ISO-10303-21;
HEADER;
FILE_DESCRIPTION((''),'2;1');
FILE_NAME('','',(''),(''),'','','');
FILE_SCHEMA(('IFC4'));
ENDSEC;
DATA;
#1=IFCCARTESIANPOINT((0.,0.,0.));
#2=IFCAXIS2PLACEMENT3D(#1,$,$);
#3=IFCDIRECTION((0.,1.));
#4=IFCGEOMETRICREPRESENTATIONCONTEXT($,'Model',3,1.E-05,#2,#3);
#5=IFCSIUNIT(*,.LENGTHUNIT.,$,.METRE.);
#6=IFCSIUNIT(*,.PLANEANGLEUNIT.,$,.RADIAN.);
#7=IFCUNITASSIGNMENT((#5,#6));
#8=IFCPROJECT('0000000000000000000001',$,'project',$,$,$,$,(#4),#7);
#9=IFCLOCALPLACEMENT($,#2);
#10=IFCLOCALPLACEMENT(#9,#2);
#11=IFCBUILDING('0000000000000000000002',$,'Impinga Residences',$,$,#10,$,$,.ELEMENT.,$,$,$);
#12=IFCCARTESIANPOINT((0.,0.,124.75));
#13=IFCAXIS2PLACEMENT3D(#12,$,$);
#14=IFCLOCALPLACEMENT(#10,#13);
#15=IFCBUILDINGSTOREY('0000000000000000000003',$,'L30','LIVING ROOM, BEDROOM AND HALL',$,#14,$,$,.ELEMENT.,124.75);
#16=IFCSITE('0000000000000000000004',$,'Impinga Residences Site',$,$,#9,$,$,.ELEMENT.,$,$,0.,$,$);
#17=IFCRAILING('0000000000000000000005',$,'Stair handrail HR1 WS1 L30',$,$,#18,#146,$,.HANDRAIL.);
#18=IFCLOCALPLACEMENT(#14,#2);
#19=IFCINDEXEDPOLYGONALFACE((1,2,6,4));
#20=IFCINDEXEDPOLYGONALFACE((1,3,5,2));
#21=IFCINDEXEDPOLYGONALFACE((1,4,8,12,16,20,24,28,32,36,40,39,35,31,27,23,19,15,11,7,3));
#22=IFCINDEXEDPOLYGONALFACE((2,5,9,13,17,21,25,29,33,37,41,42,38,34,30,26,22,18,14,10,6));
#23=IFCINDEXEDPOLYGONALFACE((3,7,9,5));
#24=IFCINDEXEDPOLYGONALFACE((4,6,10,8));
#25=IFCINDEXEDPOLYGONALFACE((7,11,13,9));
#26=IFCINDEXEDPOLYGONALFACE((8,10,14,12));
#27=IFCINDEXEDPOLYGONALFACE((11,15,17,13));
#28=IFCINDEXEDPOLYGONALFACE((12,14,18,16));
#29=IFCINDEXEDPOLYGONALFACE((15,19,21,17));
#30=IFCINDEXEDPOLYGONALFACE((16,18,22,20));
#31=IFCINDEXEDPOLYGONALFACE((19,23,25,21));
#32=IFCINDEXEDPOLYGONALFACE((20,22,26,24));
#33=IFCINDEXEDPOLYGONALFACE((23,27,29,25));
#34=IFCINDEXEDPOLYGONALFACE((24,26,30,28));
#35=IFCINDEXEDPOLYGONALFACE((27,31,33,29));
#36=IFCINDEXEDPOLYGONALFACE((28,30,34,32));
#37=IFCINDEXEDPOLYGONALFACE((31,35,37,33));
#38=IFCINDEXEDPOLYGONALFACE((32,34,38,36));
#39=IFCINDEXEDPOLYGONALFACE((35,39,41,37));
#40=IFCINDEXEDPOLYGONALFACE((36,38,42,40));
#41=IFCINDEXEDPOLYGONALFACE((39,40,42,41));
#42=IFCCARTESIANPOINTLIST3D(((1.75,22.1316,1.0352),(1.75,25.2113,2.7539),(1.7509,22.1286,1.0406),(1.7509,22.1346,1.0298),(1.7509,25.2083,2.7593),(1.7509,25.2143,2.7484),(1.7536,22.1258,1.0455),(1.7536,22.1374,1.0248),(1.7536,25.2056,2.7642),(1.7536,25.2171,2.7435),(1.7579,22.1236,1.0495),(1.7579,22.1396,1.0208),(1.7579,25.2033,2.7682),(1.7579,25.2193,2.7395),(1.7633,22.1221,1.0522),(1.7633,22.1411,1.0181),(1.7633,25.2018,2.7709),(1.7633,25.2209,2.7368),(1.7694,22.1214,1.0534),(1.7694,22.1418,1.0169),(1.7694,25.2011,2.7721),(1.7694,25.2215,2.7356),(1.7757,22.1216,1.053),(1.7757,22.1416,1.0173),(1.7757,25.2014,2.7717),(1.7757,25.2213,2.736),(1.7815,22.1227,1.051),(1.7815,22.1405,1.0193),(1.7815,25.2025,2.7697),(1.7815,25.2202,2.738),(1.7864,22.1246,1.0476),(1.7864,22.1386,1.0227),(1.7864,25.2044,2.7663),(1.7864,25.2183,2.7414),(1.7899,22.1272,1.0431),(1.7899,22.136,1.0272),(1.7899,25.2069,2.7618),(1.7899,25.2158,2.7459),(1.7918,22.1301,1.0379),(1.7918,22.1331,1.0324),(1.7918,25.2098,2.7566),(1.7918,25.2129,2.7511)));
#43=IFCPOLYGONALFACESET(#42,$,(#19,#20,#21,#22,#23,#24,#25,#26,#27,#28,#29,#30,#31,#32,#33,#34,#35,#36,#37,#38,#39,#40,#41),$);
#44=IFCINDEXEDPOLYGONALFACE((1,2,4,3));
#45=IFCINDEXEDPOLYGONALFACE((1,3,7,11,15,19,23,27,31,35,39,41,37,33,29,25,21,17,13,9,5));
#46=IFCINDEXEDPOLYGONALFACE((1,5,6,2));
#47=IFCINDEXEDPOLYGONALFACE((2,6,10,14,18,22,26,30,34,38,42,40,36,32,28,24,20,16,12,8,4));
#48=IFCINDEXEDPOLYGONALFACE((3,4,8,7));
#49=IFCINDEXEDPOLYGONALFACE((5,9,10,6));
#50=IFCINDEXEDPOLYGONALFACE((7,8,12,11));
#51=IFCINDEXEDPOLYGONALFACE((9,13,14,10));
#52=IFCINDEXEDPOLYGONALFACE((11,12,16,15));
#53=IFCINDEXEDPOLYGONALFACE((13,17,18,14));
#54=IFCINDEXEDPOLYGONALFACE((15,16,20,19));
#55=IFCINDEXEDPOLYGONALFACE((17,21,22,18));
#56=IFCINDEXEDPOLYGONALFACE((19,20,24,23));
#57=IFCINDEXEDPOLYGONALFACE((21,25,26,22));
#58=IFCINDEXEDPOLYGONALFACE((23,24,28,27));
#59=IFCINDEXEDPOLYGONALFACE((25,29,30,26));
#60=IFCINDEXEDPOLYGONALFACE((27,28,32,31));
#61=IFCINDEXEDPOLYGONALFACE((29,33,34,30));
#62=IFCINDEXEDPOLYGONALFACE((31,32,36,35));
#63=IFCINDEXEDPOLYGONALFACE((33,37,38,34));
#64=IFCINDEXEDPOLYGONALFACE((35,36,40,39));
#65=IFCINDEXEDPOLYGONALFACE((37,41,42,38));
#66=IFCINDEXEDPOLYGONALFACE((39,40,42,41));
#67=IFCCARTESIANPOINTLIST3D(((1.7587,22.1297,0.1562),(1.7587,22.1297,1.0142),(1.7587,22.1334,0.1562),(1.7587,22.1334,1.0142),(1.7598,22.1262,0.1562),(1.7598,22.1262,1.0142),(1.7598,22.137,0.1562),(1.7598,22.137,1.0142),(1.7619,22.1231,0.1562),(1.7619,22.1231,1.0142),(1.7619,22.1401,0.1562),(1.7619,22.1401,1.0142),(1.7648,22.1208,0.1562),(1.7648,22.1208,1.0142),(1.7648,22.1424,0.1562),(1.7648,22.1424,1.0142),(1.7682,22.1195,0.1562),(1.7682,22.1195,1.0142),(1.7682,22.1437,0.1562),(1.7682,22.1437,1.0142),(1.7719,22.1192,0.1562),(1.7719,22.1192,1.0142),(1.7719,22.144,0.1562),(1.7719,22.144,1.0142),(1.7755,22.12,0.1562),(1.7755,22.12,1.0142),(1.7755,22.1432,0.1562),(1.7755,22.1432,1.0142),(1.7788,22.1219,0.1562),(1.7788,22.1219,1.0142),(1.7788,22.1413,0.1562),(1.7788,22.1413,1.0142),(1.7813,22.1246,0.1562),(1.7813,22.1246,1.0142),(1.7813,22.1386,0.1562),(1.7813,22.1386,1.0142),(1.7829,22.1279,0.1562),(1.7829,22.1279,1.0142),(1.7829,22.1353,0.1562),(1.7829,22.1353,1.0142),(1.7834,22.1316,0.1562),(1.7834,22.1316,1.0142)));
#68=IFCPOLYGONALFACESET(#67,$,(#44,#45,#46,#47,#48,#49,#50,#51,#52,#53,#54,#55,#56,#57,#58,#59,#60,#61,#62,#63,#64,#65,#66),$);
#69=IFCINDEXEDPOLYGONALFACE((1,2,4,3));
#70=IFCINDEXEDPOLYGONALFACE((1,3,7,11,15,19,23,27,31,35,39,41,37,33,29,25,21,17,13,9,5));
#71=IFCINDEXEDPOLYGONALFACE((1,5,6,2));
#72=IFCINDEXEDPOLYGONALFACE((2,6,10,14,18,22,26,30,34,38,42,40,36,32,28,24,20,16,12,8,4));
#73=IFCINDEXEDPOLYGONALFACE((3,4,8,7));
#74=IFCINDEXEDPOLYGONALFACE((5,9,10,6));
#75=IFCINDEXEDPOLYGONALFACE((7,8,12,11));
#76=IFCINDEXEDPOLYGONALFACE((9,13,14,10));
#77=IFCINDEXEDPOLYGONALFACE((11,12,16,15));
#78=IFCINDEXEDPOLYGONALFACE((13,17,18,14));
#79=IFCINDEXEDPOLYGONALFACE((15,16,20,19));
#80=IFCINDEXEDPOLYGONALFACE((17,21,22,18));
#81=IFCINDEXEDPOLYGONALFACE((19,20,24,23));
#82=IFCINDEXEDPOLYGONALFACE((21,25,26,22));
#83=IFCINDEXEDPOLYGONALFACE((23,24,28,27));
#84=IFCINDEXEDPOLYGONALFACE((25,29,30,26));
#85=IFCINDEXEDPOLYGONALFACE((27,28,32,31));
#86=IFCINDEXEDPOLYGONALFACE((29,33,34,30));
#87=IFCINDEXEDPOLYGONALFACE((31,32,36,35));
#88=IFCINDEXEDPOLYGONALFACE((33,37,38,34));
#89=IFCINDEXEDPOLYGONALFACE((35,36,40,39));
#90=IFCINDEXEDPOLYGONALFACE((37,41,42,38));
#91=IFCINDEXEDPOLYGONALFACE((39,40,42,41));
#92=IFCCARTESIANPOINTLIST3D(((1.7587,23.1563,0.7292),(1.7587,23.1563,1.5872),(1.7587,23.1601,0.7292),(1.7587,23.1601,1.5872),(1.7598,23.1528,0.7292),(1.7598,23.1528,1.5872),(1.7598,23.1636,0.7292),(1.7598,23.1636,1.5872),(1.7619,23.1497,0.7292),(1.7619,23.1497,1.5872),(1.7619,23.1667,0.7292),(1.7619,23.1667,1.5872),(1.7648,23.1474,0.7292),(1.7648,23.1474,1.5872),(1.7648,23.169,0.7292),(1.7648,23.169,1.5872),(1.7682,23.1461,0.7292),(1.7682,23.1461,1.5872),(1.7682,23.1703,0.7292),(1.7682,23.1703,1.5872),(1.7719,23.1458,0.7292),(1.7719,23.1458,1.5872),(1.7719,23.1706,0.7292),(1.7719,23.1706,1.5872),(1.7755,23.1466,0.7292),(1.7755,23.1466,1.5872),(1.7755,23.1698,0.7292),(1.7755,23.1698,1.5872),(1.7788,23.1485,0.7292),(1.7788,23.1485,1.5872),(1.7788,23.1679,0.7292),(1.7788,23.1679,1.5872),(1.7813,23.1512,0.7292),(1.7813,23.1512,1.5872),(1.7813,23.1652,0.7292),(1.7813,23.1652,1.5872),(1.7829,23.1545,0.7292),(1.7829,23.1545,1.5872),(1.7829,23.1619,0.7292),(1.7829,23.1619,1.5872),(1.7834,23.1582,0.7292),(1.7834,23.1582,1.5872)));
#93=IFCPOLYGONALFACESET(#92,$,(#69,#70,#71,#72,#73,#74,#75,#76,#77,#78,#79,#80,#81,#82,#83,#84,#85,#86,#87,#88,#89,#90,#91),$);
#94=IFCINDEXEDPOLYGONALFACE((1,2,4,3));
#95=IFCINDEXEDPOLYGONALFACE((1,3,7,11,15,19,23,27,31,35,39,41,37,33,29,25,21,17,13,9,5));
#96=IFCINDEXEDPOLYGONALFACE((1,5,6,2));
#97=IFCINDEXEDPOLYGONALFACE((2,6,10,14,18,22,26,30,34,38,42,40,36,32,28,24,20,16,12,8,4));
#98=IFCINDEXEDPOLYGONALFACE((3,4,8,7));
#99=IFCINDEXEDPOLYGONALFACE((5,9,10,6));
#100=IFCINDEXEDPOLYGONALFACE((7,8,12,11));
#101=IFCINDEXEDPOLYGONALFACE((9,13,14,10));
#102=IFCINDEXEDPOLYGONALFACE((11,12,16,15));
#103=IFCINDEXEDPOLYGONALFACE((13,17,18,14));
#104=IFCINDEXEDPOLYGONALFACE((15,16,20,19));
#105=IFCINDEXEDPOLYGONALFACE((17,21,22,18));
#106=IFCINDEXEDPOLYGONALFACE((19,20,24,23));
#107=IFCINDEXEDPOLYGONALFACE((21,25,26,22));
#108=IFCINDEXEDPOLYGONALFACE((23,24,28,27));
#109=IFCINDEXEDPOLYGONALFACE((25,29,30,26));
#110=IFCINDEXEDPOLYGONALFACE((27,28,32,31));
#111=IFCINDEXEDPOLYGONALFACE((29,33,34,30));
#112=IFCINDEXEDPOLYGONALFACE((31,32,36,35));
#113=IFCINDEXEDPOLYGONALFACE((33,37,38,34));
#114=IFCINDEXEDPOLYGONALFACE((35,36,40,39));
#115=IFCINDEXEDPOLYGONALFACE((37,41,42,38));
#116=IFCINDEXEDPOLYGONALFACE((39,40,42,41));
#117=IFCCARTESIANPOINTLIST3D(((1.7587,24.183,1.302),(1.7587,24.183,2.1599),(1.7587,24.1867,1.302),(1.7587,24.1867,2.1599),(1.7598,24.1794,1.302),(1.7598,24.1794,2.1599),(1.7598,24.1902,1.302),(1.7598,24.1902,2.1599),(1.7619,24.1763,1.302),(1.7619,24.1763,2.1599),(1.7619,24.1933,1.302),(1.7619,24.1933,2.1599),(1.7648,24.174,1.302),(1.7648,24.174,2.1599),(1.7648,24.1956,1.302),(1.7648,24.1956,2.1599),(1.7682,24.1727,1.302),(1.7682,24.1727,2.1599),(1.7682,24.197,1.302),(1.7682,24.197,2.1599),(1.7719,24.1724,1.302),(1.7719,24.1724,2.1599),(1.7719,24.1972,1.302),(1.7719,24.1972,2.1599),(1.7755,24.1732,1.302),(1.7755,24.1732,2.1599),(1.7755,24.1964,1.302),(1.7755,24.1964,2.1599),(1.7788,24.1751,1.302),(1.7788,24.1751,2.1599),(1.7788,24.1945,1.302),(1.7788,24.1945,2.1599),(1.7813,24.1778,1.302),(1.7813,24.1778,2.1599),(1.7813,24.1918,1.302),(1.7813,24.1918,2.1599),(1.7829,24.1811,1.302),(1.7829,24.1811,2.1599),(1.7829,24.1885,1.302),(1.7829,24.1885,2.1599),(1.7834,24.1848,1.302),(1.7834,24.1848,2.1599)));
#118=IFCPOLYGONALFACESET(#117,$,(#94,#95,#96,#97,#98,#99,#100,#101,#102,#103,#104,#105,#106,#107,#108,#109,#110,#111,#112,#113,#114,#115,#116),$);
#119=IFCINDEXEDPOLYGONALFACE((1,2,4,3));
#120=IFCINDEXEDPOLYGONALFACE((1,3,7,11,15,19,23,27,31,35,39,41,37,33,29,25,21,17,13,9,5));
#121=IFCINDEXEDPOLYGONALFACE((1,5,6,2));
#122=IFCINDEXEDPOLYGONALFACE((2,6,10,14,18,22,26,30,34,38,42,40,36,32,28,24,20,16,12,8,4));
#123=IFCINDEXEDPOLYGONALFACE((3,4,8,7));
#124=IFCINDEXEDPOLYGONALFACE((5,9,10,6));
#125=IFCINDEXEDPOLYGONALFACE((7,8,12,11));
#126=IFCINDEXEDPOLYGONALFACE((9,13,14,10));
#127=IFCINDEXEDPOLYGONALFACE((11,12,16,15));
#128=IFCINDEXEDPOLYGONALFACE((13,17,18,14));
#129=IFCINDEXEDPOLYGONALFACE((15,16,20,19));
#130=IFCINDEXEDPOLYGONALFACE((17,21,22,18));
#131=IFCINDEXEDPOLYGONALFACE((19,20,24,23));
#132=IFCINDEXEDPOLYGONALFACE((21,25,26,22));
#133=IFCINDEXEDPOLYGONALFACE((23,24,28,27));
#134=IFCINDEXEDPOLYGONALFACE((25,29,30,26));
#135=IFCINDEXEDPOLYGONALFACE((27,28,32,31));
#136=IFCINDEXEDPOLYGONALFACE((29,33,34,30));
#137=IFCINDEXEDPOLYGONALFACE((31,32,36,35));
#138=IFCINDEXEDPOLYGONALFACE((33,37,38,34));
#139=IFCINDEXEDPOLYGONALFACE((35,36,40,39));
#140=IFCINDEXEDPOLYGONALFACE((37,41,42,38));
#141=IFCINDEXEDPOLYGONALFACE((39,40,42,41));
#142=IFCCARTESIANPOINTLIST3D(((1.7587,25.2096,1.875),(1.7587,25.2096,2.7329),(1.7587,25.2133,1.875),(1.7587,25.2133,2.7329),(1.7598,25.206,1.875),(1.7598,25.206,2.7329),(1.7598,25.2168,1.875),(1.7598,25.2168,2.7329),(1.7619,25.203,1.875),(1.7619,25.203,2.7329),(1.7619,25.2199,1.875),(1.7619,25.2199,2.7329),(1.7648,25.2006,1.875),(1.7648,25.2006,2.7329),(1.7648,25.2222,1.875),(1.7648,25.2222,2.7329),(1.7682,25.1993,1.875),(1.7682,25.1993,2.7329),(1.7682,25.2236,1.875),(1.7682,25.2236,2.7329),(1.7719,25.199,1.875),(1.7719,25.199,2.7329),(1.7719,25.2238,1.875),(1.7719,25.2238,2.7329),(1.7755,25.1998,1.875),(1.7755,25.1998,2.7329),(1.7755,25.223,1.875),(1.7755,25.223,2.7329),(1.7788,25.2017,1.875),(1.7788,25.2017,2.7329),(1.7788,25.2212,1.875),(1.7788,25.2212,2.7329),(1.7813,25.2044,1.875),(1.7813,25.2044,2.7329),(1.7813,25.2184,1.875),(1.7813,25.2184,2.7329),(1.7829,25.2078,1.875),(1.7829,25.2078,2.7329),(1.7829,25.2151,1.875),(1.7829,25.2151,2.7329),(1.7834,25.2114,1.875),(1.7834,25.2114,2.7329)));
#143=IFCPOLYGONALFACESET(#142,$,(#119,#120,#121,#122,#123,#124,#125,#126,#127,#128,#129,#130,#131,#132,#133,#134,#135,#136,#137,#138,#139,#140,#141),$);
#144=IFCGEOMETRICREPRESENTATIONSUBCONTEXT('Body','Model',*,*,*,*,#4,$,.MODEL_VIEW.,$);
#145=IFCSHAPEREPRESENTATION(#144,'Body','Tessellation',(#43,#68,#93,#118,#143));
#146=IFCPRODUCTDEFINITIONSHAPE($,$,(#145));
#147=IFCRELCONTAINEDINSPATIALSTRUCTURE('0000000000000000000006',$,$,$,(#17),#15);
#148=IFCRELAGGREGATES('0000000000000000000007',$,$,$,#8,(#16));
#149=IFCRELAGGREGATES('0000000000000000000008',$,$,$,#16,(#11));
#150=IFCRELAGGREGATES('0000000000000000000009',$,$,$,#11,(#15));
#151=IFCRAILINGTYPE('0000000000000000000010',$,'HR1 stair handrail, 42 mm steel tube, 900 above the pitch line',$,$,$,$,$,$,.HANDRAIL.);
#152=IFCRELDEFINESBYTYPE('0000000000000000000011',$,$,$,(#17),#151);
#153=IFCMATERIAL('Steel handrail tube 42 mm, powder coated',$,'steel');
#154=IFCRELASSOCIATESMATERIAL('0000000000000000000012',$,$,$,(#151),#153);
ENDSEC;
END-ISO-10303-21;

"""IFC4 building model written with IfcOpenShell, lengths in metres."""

from ifc_helpers import new_model, si_unit, direction, frame, origin, origin_2d, place, context, subcontext, project, spatial, circle, extrude, material, type_object, element, save


model = new_model("IFC4")

# Units and contexts
model_context = context("Model", 3, precision=1e-05, world=origin(), true_north=direction((0.0, 1.0)))
body_context = subcontext(model_context, "Body", "Model", "MODEL_VIEW")
ifc_project = project(units=[si_unit("LENGTHUNIT", "METRE"), si_unit("PLANEANGLEUNIT", "RADIAN")], contexts=[model_context])

# Site, building, storey
site_placement = place(None, origin())
site = spatial("IfcSite", under=ifc_project, at=site_placement, Name="Impinga Residences Site", CompositionType="ELEMENT", RefElevation=0.0)
building_placement = place(site_placement, origin())
building = spatial("IfcBuilding", under=site, at=building_placement, Name="Impinga Residences", CompositionType="ELEMENT")
storey_placement = place(building_placement, frame((0.0, 0.0, 124.75)))
storey = spatial("IfcBuildingStorey", under=building, at=storey_placement, Name="L30", Description="LIVING ROOM, BEDROOM AND HALL", CompositionType="ELEMENT", Elevation=124.75)

# Railing
ifc_material_1 = material(Name="Steel handrail tube 42 mm, powder coated", Category="steel")
railing_type_1 = type_object("IfcRailingType", Name="HR1 stair handrail, 42 mm steel tube, 900 above the pitch line", PredefinedType="HANDRAIL", material=ifc_material_1)
railing_1_placement = place(storey_placement, frame((1.771, 22.1316, 0.1562)))
element("IfcRailing", 1, at=railing_1_placement, inside=storey, type_object=railing_type_1, Name="Stair handrail HR1 WS1 L30", PredefinedType="HANDRAIL", context=body_context, shape_type="SweptSolid", body=[
    extrude(circle(Radius=0.021, at=origin_2d()), frame((0.0, 0.0, 0.8789), z_axis=(0.0, 0.873225, 0.487317), x_axis=(-1.0, 0.0, 0.0)), (0.0, 0.0, 1.0), 3.5269),
    extrude(circle(Radius=0.0125, at=origin_2d()), origin(), (0.0, 0.0, 1.0), 0.8579),
    extrude(circle(Radius=0.0125, at=origin_2d()), frame((0.0, 1.0266, 0.573)), (0.0, 0.0, 1.0), 0.8579),
    extrude(circle(Radius=0.0125, at=origin_2d()), frame((0.0, 2.0532, 1.1458)), (0.0, 0.0, 1.0), 0.8579),
    extrude(circle(Radius=0.0125, at=origin_2d()), frame((0.0, 3.0798, 1.7188)), (0.0, 0.0, 1.0), 0.8579),
])

save(model, "model.ifc")
